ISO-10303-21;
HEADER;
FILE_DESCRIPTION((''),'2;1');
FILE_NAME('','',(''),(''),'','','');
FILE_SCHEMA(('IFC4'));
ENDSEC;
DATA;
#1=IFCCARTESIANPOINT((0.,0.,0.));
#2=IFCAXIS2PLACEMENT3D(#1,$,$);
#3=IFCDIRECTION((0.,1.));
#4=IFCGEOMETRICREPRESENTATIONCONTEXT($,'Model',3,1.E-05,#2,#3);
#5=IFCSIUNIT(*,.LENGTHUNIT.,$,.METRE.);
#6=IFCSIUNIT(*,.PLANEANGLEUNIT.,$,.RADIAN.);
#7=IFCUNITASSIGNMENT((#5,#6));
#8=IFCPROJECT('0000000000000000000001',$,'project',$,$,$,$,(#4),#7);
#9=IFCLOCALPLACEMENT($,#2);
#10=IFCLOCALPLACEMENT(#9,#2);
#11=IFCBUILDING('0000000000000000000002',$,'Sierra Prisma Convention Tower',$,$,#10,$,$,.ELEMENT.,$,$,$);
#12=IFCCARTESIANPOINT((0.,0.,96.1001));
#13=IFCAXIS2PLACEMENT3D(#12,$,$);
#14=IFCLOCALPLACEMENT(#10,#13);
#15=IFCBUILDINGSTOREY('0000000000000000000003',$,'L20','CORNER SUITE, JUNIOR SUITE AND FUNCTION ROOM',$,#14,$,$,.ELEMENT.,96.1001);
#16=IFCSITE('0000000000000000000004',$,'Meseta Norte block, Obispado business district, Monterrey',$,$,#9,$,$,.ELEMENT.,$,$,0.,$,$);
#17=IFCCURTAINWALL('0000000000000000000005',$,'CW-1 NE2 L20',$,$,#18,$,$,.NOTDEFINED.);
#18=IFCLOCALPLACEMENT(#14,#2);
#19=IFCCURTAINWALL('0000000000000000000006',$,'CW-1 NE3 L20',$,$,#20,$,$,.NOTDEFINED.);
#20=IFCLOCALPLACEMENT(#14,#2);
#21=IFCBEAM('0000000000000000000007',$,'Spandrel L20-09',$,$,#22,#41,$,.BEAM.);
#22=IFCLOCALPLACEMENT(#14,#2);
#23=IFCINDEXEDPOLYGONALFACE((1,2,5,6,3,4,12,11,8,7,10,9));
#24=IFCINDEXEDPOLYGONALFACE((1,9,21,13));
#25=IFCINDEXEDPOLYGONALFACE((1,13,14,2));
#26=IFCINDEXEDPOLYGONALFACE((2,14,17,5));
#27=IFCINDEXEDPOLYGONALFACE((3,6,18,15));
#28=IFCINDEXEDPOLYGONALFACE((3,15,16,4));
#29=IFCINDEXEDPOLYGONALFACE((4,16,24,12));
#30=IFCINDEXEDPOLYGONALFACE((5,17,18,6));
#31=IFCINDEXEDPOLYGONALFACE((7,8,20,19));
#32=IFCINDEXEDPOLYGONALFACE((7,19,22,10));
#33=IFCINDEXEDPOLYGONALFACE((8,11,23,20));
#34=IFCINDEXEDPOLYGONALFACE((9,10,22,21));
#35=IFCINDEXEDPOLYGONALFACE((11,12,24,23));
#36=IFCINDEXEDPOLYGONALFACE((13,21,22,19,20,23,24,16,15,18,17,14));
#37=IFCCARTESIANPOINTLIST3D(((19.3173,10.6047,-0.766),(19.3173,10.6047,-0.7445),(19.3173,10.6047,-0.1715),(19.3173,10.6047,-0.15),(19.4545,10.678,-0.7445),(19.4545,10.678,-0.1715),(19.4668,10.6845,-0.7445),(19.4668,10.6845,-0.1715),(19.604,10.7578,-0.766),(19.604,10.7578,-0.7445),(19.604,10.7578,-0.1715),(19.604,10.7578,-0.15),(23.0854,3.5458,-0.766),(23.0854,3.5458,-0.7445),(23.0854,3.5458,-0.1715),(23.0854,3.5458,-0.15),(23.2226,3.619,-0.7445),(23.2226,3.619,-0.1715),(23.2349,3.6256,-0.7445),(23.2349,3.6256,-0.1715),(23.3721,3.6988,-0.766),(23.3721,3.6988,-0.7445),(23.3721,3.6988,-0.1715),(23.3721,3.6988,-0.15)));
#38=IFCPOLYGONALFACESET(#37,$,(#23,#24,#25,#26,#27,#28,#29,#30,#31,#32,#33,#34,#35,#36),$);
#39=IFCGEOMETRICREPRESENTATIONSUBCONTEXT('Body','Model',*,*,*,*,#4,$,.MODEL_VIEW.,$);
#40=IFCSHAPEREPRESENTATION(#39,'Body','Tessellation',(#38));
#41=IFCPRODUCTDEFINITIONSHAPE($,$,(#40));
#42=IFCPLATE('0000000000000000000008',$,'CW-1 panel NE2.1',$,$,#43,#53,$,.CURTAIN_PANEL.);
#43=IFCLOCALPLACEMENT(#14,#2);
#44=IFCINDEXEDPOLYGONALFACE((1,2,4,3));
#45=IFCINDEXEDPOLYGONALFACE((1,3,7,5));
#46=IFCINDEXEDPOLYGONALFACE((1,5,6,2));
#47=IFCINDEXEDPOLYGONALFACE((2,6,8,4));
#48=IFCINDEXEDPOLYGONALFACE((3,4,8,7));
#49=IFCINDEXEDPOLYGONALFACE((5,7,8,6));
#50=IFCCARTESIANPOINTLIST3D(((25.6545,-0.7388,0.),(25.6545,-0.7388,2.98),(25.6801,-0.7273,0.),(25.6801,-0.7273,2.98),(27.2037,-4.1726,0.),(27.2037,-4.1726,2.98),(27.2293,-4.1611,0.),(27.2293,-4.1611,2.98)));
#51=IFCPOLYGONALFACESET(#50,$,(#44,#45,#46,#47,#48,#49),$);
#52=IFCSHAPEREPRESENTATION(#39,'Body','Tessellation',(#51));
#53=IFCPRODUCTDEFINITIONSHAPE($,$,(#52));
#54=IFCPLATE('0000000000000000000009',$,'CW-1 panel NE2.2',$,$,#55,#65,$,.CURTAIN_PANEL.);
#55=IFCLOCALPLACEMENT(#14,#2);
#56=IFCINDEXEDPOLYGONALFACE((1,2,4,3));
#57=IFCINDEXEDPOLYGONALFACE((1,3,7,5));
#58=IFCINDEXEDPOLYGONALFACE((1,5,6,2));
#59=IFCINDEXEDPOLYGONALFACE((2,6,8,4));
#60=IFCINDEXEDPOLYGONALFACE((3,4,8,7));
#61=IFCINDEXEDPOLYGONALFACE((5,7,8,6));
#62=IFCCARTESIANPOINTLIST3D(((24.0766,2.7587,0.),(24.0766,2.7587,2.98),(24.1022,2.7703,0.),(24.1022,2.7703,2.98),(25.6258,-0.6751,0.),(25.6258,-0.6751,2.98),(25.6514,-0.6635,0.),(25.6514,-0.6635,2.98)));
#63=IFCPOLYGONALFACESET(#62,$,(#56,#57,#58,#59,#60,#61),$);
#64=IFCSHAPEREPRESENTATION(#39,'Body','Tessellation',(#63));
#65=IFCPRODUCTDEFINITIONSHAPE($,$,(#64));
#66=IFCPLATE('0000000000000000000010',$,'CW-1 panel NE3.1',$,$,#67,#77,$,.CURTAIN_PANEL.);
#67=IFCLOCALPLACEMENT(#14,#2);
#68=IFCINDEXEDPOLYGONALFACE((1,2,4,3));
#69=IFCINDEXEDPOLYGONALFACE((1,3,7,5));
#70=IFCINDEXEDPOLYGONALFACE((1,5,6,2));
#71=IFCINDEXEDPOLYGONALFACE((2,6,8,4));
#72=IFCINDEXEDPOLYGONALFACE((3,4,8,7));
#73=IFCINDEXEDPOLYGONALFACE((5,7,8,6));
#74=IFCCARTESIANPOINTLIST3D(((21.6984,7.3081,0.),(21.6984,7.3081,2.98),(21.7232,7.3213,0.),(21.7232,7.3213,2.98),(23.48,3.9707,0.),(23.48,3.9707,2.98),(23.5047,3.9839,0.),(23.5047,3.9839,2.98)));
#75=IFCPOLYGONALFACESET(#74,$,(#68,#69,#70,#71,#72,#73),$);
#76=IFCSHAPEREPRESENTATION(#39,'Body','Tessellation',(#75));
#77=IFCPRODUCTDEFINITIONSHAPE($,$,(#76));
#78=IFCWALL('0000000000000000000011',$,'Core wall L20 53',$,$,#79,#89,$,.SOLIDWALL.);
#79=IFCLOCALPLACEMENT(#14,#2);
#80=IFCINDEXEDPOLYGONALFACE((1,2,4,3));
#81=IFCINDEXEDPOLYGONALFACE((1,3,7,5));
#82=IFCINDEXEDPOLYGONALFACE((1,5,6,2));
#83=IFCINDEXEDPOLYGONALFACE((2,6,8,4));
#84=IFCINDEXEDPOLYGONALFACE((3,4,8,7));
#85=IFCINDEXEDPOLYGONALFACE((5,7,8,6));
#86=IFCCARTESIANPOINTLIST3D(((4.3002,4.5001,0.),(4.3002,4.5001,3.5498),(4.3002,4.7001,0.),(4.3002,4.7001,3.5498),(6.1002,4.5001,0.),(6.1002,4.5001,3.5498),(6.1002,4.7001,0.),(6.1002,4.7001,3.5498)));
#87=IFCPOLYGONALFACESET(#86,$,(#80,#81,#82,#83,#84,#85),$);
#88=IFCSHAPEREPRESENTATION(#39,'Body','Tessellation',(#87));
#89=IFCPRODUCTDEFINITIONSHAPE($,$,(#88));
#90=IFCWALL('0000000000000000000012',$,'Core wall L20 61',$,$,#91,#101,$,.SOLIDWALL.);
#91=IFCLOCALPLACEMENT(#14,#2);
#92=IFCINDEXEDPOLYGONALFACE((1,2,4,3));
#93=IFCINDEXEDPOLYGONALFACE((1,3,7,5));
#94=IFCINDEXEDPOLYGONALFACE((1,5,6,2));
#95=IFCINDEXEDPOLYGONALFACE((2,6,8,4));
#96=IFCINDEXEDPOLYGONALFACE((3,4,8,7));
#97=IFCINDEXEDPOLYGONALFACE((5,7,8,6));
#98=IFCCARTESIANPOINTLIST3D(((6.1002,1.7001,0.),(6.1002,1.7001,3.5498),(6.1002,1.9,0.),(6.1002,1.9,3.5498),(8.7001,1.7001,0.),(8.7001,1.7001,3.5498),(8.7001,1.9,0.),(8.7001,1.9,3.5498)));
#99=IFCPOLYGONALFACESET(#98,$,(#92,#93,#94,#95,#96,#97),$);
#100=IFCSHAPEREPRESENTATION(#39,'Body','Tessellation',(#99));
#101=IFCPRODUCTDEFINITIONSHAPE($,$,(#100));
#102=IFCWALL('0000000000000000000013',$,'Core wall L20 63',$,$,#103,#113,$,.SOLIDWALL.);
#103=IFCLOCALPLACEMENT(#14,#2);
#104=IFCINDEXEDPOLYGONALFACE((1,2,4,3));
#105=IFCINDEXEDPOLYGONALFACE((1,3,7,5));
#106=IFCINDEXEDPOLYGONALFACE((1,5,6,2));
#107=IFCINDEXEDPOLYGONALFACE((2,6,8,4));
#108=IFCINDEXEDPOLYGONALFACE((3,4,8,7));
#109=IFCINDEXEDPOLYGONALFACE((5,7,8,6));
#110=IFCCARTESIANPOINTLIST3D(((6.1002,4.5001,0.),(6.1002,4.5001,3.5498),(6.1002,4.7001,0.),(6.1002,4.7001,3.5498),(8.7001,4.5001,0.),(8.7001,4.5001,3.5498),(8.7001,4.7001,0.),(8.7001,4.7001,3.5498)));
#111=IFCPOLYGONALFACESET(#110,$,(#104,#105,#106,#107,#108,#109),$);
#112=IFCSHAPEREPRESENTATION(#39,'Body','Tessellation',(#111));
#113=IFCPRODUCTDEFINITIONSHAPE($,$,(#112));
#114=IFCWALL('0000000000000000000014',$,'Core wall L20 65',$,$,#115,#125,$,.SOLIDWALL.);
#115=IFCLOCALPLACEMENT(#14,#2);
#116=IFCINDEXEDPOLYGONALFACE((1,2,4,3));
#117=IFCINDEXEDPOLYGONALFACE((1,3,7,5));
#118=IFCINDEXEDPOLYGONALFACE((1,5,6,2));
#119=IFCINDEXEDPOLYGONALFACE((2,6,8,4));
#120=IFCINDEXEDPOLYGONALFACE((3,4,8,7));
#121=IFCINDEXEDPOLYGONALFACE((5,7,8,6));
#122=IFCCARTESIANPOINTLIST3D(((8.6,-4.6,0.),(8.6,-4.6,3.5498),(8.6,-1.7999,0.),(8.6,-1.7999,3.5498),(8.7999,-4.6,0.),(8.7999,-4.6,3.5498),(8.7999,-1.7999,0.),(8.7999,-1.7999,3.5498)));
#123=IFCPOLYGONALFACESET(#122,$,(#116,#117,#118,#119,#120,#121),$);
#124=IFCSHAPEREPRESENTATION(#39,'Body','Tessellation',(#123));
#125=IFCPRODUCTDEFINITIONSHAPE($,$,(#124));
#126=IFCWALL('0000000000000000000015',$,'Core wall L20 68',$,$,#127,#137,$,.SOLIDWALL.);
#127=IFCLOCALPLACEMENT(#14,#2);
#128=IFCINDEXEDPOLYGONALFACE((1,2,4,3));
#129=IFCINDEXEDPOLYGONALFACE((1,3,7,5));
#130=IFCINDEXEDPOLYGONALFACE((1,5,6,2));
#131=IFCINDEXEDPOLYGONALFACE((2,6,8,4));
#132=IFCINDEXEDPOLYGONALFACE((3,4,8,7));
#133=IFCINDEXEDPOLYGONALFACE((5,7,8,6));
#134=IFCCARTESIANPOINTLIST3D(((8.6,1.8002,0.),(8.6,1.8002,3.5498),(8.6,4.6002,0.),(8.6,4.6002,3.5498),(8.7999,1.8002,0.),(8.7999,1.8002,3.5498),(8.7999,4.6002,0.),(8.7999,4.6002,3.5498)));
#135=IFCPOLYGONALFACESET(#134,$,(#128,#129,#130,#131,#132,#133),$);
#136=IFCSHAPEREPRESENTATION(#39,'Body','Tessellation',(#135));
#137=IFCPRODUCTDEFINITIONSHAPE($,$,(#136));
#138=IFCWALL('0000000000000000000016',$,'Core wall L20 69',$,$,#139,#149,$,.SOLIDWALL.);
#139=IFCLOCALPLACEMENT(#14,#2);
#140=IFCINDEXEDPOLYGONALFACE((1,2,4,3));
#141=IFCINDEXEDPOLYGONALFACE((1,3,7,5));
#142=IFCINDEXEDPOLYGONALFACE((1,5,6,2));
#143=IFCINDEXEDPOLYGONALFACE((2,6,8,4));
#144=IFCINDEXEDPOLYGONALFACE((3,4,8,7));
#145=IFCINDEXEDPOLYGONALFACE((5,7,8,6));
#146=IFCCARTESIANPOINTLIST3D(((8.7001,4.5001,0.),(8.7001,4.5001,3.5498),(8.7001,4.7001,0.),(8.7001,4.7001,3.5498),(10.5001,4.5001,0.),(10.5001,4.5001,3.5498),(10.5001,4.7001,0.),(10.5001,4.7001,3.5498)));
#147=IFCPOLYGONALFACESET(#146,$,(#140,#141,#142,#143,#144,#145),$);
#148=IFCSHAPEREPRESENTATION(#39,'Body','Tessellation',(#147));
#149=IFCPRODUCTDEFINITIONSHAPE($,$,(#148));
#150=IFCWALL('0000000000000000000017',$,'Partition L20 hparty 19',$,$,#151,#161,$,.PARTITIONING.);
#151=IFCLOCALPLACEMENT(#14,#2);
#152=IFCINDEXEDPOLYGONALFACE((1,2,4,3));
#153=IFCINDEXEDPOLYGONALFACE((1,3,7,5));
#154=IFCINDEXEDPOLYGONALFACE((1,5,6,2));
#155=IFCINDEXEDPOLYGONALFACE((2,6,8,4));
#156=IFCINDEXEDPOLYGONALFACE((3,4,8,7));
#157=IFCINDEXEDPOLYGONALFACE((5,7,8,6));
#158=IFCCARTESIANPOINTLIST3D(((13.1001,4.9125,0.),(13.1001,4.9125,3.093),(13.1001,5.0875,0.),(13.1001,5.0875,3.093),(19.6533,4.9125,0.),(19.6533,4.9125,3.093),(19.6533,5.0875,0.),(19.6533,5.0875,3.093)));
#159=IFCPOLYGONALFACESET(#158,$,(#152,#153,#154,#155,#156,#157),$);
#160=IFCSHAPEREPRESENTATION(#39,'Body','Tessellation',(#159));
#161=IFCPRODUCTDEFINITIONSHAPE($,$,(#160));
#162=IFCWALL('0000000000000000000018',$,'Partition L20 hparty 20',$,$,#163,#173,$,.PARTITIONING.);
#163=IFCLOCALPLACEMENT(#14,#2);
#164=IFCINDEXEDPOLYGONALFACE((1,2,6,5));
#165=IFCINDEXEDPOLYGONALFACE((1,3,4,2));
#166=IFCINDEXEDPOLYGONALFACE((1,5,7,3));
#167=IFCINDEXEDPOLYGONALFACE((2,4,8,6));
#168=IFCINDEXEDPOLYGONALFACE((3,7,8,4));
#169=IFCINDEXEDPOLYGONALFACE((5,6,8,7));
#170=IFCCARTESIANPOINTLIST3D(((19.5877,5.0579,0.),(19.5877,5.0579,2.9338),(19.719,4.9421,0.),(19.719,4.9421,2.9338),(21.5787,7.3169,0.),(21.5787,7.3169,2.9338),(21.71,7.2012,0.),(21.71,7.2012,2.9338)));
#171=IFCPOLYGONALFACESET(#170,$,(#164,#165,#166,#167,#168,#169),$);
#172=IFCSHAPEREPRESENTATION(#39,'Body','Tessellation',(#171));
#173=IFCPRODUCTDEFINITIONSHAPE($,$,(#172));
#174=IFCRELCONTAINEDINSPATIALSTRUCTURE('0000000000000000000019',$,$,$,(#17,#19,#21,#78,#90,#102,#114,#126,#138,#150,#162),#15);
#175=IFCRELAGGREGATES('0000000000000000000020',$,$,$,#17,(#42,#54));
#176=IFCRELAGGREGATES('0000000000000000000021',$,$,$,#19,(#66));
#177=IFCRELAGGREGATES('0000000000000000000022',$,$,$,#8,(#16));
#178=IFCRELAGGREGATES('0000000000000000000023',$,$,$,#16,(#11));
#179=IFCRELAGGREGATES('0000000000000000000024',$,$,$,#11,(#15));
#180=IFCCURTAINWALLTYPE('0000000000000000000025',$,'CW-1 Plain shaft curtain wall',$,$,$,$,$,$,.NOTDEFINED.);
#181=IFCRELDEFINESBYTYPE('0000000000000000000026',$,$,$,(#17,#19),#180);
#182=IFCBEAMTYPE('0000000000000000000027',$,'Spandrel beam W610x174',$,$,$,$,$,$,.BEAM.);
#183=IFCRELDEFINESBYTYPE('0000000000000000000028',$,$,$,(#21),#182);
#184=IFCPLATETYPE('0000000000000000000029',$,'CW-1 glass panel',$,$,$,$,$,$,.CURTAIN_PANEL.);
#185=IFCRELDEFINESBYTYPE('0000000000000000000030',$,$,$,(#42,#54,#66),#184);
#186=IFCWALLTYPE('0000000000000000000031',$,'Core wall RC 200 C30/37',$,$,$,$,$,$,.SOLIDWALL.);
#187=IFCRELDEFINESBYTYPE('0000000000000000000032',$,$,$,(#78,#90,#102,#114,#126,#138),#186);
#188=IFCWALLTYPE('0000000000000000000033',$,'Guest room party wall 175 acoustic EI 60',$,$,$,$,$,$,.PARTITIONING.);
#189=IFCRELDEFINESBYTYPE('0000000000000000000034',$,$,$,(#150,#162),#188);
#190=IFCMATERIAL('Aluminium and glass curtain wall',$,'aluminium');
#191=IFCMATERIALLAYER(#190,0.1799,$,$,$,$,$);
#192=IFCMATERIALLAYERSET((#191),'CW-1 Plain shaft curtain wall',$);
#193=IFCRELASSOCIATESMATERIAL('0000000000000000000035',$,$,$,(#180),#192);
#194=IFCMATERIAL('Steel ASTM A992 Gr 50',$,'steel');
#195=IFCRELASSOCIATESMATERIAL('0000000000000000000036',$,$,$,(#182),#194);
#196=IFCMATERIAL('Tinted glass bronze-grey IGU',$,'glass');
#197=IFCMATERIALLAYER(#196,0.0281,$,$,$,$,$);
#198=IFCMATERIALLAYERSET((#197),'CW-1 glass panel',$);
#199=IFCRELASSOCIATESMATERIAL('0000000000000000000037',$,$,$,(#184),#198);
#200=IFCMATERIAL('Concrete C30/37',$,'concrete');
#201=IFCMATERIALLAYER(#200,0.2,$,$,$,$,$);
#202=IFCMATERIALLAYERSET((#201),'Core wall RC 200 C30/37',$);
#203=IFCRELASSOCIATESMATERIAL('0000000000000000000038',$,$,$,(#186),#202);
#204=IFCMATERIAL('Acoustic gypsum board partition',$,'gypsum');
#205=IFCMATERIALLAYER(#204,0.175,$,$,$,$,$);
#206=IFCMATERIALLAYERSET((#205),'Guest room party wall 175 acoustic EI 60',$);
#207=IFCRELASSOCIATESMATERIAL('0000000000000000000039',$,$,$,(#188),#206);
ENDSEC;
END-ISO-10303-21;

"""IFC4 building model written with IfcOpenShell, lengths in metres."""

from ifc_helpers import new_model, si_unit, direction, frame, frame_2d, origin, origin_2d, place, context, subcontext, project, spatial, rectangle, i_section, extrude, material, layer, layer_set, material_profile, profile_set, type_object, element, aggregate, save


model = new_model("IFC4")

# Units and contexts
model_context = context("Model", 3, precision=1e-05, world=origin(), true_north=direction((0.0, 1.0)))
body_context = subcontext(model_context, "Body", "Model", "MODEL_VIEW")
ifc_project = project(units=[si_unit("LENGTHUNIT", "METRE"), si_unit("PLANEANGLEUNIT", "RADIAN")], contexts=[model_context])

# Site, building, storey
site_placement = place(None, origin())
site = spatial("IfcSite", under=ifc_project, at=site_placement, Name="Meseta Norte block, Obispado business district, Monterrey", CompositionType="ELEMENT", RefElevation=0.0)
building_placement = place(site_placement, origin())
building = spatial("IfcBuilding", under=site, at=building_placement, Name="Sierra Prisma Convention Tower", CompositionType="ELEMENT")
storey_placement = place(building_placement, frame((0.0, 0.0, 96.1001)))
storey = spatial("IfcBuildingStorey", under=building, at=storey_placement, Name="L20", Description="CORNER SUITE, JUNIOR SUITE AND FUNCTION ROOM", CompositionType="ELEMENT", Elevation=96.1001)

# Curtain wall
ifc_material_1 = material(Name="Aluminium and glass curtain wall", Category="aluminium")
ifc_layer_1 = layer(ifc_material_1, 0.1799)
ifc_layer_set_1 = layer_set([ifc_layer_1], Name="CW-1 Plain shaft curtain wall")
curtain_wall_type = type_object("IfcCurtainWallType", Name="CW-1 Plain shaft curtain wall", PredefinedType="NOTDEFINED", material=ifc_layer_set_1)
curtain_wall_1_placement = place(storey_placement, origin())
curtain_wall_1 = element("IfcCurtainWall", 1, at=curtain_wall_1_placement, inside=storey, type_object=curtain_wall_type, Name="CW-1 NE2 L20", PredefinedType="NOTDEFINED")

# Curtain wall
curtain_wall_2_placement = place(storey_placement, origin())
curtain_wall_2 = element("IfcCurtainWall", 2, at=curtain_wall_2_placement, inside=storey, type_object=curtain_wall_type, Name="CW-1 NE3 L20", PredefinedType="NOTDEFINED")

# Beam
ifc_material_2 = material(Name="Steel ASTM A992 Gr 50", Category="steel")
ifc_material_profile_1 = material_profile(ifc_material_2, i_section(OverallWidth=0.325, OverallDepth=0.616, WebThickness=0.0139, FlangeThickness=0.0215, at=origin_2d()), Name="W610x174")
ifc_profile_set_1 = profile_set([ifc_material_profile_1], Name="Steel ASTM A992 Gr 50")
beam_type_1 = type_object("IfcBeamType", Name="Spandrel beam W610x174", PredefinedType="BEAM", material=ifc_profile_set_1)
beam_1_placement = place(storey_placement, frame((23.2288, 3.6223, -0.458), z_axis=(-0.470914, 0.882179, 0.0), x_axis=(-0.882179, -0.470914, 0.0)))
element("IfcBeam", 3, at=beam_1_placement, inside=storey, type_object=beam_type_1, Name="Spandrel L20-09", PredefinedType="BEAM", context=body_context, shape_type="SweptSolid", body=[
    extrude(i_section(OverallWidth=0.325, OverallDepth=0.616, WebThickness=0.0139, FlangeThickness=0.0215, at=origin_2d()), origin(), (0.0, 0.0, 1.0), 8.0017),
])

# Plates
ifc_material_3 = material(Name="Tinted glass bronze-grey IGU", Category="glass")
ifc_layer_2 = layer(ifc_material_3, 0.0281)
ifc_layer_set_2 = layer_set([ifc_layer_2], Name="CW-1 glass panel")
plate_type = type_object("IfcPlateType", Name="CW-1 glass panel", PredefinedType="CURTAIN_PANEL", material=ifc_layer_set_2)
plate_1_placement = place(storey_placement, frame((26.4419, -2.45, 0.0), z_axis=(0.0, 0.0, 1.0), x_axis=(-0.411231, 0.911531, 0.0)))
plate_1 = element("IfcPlate", 4, at=plate_1_placement, type_object=plate_type, Name="CW-1 panel NE2.1", PredefinedType="CURTAIN_PANEL", context=body_context, shape_type="SweptSolid", body=[
    extrude(rectangle(XDim=3.7671, YDim=0.0281, at=origin_2d()), origin(), (0.0, 0.0, 1.0), 2.98),
])
plate_2_placement = place(storey_placement, frame((24.864, 1.0476, 0.0), z_axis=(0.0, 0.0, 1.0), x_axis=(-0.411231, 0.911531, 0.0)))
plate_2 = element("IfcPlate", 5, at=plate_2_placement, type_object=plate_type, Name="CW-1 panel NE2.2", PredefinedType="CURTAIN_PANEL", context=body_context, shape_type="SweptSolid", body=[
    extrude(rectangle(XDim=3.7671, YDim=0.0281, at=origin_2d()), origin(), (0.0, 0.0, 1.0), 2.98),
])
aggregate(curtain_wall_1, [plate_1, plate_2])
plate_3_placement = place(storey_placement, frame((22.6016, 5.646, 0.0), z_axis=(0.0, 0.0, 1.0), x_axis=(-0.470921, 0.882176, 0.0)))
plate_3 = element("IfcPlate", 6, at=plate_3_placement, type_object=plate_type, Name="CW-1 panel NE3.1", PredefinedType="CURTAIN_PANEL", context=body_context, shape_type="SweptSolid", body=[
    extrude(rectangle(XDim=3.7832, YDim=0.0281, at=origin_2d()), origin(), (0.0, 0.0, 1.0), 2.98),
])
aggregate(curtain_wall_2, [plate_3])

# Walls
ifc_material_4 = material(Name="Concrete C30/37", Category="concrete")
ifc_layer_3 = layer(ifc_material_4, 0.2)
ifc_layer_set_3 = layer_set([ifc_layer_3], Name="Core wall RC 200 C30/37")
wall_type_1 = type_object("IfcWallType", Name="Core wall RC 200 C30/37", PredefinedType="SOLIDWALL", material=ifc_layer_set_3)
wall_1_placement = place(storey_placement, frame((6.1001, 4.6001, 0.0), z_axis=(0.0, 0.0, 1.0), x_axis=(-1.0, 0.0, 0.0)))
element("IfcWall", 7, at=wall_1_placement, inside=storey, type_object=wall_type_1, Name="Core wall L20 53", PredefinedType="SOLIDWALL", context=body_context, shape_type="SweptSolid", body=[
    extrude(rectangle(XDim=1.8, YDim=0.2, at=frame_2d((0.8999, 0.0))), origin(), (0.0, 0.0, 1.0), 3.5498),
])
for number, where, z_axis, x_axis, name in (
    (8, (8.7, 1.8, 0.0), (0.0, 0.0, 1.0), (-1.0, 0.0, 0.0), "Core wall L20 61"),
    (9, (8.7, 4.6001, 0.0), (0.0, 0.0, 1.0), (-1.0, 0.0, 0.0), "Core wall L20 63"),
):
    element("IfcWall", number, at=place(storey_placement, frame(where, z_axis=z_axis, x_axis=x_axis)), inside=storey, type_object=wall_type_1, Name=name, PredefinedType="SOLIDWALL", context=body_context, shape_type="SweptSolid", body=[
        extrude(rectangle(XDim=2.5999, YDim=0.2, at=frame_2d((1.2998, 0.0))), origin(), (0.0, 0.0, 1.0), 3.5498),
    ])
wall_2_placement = place(storey_placement, frame((8.7, -1.8, 0.0), z_axis=(0.0, 0.0, 1.0), x_axis=(0.0, -1.0, 0.0)))
element("IfcWall", 10, at=wall_2_placement, inside=storey, type_object=wall_type_1, Name="Core wall L20 65", PredefinedType="SOLIDWALL", context=body_context, shape_type="SweptSolid", body=[
    extrude(rectangle(XDim=2.8, YDim=0.2, at=frame_2d((1.3999, 0.0))), origin(), (0.0, 0.0, 1.0), 3.5498),
])

# Walls
wall_3_placement = place(storey_placement, frame((8.7, 4.6001, 0.0), z_axis=(0.0, 0.0, 1.0), x_axis=(0.0, -1.0, 0.0)))
element("IfcWall", 11, at=wall_3_placement, inside=storey, type_object=wall_type_1, Name="Core wall L20 68", PredefinedType="SOLIDWALL", context=body_context, shape_type="SweptSolid", body=[
    extrude(rectangle(XDim=2.8, YDim=0.2, at=frame_2d((1.3999, 0.0))), origin(), (0.0, 0.0, 1.0), 3.5498),
])
wall_4_placement = place(storey_placement, frame((10.5, 4.6001, 0.0), z_axis=(0.0, 0.0, 1.0), x_axis=(-1.0, 0.0, 0.0)))
element("IfcWall", 12, at=wall_4_placement, inside=storey, type_object=wall_type_1, Name="Core wall L20 69", PredefinedType="SOLIDWALL", context=body_context, shape_type="SweptSolid", body=[
    extrude(rectangle(XDim=1.8, YDim=0.2, at=frame_2d((0.8999, 0.0))), origin(), (0.0, 0.0, 1.0), 3.5498),
])
ifc_material_5 = material(Name="Acoustic gypsum board partition", Category="gypsum")
ifc_layer_4 = layer(ifc_material_5, 0.175)
ifc_layer_set_4 = layer_set([ifc_layer_4], Name="Guest room party wall 175 acoustic EI 60")
wall_type_2 = type_object("IfcWallType", Name="Guest room party wall 175 acoustic EI 60", PredefinedType="PARTITIONING", material=ifc_layer_set_4)
wall_5_placement = place(storey_placement, frame((13.1001, 5.0, 0.0), z_axis=(0.0, 0.0, 1.0), x_axis=(1.0, 0.0, 0.0)))
element("IfcWall", 13, at=wall_5_placement, inside=storey, type_object=wall_type_2, Name="Partition L20 hparty 19", PredefinedType="PARTITIONING", context=body_context, shape_type="SweptSolid", body=[
    extrude(rectangle(XDim=6.5532, YDim=0.175, at=frame_2d((3.2766, 0.0))), origin(), (0.0, 0.0, 1.0), 3.093),
])
wall_6_placement = place(storey_placement, frame((19.6533, 5.0, 0.0), z_axis=(0.0, 0.0, 1.0), x_axis=(0.661192, 0.750216, 0.0)))
element("IfcWall", 14, at=wall_6_placement, inside=storey, type_object=wall_type_2, Name="Partition L20 hparty 20", PredefinedType="PARTITIONING", context=body_context, shape_type="SweptSolid", body=[
    extrude(rectangle(XDim=3.0112, YDim=0.175, at=frame_2d((1.5056, 0.0))), origin(), (0.0, 0.0, 1.0), 2.9338),
])

save(model, "model.ifc")
